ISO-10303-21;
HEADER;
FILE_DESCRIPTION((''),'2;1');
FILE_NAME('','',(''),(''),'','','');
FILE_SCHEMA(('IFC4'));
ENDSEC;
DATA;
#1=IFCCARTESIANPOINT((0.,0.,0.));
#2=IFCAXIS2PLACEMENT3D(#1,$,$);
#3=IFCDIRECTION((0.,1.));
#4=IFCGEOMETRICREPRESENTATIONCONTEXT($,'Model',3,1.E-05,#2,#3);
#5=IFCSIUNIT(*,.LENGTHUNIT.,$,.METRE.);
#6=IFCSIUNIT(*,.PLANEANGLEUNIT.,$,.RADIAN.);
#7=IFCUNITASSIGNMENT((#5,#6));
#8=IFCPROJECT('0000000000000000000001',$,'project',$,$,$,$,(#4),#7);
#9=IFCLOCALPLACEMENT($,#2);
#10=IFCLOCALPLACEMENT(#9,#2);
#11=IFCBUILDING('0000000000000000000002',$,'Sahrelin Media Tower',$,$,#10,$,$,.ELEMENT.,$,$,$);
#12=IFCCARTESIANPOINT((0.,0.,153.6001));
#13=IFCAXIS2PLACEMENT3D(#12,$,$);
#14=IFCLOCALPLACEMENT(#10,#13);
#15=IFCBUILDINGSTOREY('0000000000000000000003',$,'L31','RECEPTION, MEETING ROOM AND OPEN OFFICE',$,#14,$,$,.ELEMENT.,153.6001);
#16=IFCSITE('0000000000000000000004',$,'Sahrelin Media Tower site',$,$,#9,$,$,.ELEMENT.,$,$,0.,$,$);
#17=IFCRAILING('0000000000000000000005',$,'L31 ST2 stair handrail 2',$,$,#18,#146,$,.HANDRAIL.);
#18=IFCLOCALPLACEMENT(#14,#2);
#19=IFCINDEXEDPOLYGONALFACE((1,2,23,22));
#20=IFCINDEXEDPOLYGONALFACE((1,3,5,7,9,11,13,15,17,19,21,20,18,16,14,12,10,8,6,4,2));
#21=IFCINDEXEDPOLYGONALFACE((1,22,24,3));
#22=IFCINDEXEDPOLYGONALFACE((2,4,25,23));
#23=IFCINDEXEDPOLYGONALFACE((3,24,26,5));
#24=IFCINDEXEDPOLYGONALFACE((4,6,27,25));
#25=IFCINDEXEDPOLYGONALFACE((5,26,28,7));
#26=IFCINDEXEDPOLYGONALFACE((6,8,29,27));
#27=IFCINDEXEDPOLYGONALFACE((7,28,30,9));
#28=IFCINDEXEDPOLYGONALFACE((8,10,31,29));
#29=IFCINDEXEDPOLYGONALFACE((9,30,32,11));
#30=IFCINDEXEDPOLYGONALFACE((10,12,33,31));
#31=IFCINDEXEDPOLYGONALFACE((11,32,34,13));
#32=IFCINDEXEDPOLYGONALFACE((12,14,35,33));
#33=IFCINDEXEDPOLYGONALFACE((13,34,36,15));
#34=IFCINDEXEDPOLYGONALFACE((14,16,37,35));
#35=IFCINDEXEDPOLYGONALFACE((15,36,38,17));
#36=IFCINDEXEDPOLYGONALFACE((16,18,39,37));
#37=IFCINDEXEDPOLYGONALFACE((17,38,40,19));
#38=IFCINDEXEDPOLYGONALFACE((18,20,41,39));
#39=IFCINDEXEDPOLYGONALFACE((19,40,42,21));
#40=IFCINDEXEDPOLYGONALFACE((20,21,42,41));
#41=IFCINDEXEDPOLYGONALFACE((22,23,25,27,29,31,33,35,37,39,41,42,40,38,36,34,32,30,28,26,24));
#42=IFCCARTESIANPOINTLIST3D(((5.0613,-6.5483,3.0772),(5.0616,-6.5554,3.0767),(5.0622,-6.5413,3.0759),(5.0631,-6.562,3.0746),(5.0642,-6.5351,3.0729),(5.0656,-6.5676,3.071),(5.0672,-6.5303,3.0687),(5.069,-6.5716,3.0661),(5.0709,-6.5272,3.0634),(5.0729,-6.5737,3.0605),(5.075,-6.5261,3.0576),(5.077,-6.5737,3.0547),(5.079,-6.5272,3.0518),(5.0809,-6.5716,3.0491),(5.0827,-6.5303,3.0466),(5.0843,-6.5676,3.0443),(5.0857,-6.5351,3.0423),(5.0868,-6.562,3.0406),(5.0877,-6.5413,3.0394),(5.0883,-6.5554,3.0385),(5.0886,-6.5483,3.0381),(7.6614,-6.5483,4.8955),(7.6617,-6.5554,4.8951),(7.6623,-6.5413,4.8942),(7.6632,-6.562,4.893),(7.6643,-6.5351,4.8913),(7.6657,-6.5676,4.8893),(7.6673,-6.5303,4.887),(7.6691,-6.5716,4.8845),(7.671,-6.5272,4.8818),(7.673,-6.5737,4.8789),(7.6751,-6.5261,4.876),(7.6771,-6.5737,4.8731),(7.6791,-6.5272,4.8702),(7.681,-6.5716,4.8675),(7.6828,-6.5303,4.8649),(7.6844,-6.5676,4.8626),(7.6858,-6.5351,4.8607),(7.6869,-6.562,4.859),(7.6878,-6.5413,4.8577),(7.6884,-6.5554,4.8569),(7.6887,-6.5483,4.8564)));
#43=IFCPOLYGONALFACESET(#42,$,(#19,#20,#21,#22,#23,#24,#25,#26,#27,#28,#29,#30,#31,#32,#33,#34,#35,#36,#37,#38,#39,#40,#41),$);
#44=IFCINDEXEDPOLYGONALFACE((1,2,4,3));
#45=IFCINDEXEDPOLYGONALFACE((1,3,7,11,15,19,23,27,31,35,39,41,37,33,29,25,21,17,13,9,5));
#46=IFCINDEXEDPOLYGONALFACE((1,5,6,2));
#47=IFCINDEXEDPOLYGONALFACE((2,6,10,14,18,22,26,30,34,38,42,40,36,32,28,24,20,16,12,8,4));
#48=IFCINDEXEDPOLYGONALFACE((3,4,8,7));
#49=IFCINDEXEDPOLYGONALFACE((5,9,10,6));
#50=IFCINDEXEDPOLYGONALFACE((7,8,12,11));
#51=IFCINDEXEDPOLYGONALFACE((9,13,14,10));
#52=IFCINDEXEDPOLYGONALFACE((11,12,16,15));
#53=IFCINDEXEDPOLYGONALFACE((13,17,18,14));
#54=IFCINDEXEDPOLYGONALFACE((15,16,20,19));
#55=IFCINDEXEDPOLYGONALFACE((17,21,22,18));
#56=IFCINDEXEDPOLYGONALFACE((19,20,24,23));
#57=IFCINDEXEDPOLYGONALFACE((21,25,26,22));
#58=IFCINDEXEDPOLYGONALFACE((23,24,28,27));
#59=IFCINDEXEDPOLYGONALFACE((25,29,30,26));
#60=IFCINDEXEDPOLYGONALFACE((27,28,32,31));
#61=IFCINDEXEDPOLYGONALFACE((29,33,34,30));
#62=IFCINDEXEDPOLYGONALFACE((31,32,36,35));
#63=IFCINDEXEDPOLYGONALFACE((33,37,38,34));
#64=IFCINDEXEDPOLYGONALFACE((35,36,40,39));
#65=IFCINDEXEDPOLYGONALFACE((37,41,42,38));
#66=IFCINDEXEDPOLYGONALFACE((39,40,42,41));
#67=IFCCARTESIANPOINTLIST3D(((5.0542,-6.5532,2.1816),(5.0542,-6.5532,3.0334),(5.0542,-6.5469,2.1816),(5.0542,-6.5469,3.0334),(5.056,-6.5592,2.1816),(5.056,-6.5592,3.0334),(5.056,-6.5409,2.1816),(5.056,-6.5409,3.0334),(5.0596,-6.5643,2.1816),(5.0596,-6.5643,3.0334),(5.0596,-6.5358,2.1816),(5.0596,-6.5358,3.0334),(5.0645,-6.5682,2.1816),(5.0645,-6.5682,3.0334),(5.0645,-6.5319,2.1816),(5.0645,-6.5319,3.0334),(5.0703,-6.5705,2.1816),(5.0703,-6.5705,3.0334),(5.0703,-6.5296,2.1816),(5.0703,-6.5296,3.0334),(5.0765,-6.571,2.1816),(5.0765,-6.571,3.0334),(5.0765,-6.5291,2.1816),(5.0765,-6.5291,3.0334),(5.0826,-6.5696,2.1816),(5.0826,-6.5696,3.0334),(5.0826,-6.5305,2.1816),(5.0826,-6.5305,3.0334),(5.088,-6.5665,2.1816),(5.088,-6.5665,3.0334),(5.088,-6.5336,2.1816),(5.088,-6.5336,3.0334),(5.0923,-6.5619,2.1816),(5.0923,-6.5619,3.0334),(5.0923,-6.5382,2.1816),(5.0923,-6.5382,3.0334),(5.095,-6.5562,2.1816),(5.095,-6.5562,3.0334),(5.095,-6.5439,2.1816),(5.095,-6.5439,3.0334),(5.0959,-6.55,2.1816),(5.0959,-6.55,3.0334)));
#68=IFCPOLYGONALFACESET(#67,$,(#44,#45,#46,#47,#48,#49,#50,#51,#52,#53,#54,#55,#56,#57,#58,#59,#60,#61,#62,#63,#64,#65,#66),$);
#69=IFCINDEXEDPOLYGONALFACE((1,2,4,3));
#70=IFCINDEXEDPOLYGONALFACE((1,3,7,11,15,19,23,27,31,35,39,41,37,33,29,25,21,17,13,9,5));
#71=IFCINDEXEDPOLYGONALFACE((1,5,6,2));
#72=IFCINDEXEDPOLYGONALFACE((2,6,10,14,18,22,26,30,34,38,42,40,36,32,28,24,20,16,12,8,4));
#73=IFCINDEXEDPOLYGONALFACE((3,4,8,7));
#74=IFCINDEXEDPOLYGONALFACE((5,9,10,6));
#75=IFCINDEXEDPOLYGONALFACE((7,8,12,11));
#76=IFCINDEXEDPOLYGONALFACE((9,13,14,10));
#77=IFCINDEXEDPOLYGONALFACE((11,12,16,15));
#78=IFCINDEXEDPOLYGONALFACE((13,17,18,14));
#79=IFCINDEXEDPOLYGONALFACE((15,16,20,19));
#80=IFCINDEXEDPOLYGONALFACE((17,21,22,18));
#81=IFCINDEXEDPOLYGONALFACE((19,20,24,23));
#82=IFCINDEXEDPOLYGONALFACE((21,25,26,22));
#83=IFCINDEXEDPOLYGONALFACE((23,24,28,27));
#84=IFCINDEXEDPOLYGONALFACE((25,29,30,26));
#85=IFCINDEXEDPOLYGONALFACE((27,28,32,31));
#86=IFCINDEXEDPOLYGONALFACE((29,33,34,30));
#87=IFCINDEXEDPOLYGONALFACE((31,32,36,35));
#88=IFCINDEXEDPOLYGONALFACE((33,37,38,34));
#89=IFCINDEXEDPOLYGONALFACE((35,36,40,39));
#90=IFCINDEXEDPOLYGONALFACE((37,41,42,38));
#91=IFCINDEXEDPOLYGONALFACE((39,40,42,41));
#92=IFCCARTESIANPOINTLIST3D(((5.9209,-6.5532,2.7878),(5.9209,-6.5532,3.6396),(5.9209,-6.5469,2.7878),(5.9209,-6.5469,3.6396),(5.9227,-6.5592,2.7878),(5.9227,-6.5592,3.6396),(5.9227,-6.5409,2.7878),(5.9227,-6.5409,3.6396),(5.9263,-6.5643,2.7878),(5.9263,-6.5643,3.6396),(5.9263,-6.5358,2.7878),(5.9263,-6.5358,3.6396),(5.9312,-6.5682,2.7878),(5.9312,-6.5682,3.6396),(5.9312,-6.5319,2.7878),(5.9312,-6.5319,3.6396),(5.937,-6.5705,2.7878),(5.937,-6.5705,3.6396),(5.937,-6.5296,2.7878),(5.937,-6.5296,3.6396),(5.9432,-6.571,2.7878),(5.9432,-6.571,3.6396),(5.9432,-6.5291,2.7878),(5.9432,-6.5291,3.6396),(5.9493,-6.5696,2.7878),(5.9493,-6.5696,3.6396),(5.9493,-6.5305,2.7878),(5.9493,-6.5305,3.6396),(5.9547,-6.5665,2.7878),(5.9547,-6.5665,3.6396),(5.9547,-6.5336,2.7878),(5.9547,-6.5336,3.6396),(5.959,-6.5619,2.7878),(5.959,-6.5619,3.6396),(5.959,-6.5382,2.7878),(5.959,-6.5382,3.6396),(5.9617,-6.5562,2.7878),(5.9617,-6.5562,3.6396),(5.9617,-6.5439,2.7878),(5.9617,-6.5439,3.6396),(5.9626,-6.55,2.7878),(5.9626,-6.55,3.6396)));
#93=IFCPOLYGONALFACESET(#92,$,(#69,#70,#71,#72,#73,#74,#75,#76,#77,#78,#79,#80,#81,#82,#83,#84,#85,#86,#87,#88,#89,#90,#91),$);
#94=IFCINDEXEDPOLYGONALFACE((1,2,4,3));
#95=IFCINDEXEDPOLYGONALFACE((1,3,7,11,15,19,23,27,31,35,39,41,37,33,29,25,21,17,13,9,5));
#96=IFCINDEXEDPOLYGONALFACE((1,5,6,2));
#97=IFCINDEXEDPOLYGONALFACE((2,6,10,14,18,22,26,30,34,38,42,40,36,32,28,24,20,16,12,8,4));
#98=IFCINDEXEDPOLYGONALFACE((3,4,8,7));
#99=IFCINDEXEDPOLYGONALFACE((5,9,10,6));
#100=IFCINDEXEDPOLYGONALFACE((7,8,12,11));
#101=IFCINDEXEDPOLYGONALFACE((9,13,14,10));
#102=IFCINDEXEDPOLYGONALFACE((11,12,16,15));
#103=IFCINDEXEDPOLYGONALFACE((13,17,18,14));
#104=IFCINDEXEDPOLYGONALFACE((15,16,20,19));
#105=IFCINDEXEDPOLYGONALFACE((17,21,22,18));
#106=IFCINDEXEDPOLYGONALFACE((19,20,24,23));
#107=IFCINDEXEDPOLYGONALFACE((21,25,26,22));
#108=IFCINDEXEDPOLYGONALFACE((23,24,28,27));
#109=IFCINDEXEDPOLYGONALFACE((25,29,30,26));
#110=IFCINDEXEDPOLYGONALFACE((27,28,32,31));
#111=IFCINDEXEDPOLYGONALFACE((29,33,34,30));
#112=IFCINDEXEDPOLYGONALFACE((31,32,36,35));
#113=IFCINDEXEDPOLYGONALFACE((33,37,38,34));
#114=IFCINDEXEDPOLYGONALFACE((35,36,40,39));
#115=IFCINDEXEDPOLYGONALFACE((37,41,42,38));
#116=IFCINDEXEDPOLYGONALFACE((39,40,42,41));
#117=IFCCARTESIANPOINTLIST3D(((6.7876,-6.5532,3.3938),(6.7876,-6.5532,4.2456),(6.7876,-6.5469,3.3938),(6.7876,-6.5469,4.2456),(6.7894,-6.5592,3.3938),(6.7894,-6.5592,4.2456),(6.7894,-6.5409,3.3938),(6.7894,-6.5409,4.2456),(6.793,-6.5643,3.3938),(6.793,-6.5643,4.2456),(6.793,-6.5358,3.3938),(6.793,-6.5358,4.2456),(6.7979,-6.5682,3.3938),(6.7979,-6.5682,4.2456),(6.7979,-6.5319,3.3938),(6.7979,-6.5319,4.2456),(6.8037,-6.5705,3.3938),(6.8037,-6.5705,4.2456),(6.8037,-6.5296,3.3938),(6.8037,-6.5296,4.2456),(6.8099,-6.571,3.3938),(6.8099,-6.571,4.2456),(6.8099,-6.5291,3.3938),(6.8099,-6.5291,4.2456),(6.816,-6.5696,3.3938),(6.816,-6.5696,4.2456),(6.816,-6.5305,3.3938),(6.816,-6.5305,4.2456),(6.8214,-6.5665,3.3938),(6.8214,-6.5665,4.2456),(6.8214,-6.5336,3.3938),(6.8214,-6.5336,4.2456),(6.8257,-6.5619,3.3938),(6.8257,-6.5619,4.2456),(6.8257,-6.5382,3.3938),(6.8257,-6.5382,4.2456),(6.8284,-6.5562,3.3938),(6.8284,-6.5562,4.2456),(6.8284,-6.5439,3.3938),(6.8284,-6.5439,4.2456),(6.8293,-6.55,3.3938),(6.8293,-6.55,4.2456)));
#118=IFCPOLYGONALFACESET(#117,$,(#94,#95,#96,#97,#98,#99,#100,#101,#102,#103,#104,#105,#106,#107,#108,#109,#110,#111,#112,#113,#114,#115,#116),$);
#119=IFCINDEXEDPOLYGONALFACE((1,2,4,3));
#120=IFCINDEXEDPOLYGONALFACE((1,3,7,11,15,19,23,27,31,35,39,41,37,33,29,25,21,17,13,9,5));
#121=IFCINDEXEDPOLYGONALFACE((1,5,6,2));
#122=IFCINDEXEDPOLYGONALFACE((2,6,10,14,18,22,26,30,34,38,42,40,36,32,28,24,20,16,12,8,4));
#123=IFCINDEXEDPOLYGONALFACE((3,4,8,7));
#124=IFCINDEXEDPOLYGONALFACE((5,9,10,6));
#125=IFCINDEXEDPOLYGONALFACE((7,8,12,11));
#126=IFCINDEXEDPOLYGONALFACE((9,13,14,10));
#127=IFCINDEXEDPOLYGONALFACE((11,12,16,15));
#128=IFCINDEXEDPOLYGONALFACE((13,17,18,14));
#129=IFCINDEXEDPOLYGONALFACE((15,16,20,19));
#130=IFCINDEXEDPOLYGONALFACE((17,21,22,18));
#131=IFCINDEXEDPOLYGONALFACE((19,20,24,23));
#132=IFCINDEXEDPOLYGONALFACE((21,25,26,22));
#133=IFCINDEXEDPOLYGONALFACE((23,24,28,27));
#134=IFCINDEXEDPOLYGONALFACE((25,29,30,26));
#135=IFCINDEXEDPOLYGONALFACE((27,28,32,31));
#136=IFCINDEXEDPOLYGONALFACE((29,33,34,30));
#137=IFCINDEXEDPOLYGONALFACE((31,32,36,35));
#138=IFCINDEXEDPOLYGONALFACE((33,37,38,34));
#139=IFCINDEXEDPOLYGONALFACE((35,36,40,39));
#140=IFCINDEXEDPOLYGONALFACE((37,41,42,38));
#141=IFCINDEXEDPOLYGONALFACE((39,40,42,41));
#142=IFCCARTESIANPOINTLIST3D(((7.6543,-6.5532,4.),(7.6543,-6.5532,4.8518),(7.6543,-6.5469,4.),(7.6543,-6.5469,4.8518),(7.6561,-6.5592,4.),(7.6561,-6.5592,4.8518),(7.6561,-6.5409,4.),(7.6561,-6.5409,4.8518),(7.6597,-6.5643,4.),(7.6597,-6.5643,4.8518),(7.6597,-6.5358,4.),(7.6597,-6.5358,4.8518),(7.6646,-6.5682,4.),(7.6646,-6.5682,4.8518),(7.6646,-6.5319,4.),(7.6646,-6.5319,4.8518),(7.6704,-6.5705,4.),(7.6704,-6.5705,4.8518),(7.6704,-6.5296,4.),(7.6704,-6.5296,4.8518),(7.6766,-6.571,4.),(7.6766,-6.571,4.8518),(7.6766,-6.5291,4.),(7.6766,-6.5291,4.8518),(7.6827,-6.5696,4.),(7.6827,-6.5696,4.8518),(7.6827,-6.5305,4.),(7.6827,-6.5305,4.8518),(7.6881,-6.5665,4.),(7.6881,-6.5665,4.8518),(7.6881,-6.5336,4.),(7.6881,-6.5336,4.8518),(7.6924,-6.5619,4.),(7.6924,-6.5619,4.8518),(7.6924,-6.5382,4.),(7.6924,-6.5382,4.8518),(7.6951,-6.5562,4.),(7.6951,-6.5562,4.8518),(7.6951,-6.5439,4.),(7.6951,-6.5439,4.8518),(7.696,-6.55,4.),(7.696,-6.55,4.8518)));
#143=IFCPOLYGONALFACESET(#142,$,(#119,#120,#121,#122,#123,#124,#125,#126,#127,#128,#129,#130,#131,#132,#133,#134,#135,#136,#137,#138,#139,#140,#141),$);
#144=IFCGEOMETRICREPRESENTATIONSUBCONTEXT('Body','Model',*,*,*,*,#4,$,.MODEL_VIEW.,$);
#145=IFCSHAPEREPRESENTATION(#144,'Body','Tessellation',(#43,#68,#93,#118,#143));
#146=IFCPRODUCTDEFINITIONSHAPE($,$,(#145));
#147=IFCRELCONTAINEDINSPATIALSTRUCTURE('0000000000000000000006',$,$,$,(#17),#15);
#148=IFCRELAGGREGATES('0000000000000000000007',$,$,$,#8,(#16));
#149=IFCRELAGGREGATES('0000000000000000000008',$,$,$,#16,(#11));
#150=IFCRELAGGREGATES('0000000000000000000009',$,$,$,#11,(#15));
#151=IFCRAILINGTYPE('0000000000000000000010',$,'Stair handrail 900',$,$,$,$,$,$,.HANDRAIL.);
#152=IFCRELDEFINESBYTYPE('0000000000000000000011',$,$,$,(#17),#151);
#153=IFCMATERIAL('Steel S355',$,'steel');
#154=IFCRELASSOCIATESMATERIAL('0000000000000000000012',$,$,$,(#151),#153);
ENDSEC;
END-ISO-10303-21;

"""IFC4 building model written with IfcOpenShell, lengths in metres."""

from ifc_helpers import new_model, si_unit, direction, frame, origin, origin_2d, place, context, subcontext, project, spatial, circle, extrude, material, type_object, element, save


model = new_model("IFC4")

# Units and contexts
model_context = context("Model", 3, precision=1e-05, world=origin(), true_north=direction((0.0, 1.0)))
body_context = subcontext(model_context, "Body", "Model", "MODEL_VIEW")
ifc_project = project(units=[si_unit("LENGTHUNIT", "METRE"), si_unit("PLANEANGLEUNIT", "RADIAN")], contexts=[model_context])

# Site, building, storey
site_placement = place(None, origin())
site = spatial("IfcSite", under=ifc_project, at=site_placement, Name="Sahrelin Media Tower site", CompositionType="ELEMENT", RefElevation=0.0)
building_placement = place(site_placement, origin())
building = spatial("IfcBuilding", under=site, at=building_placement, Name="Sahrelin Media Tower", CompositionType="ELEMENT")
storey_placement = place(building_placement, frame((0.0, 0.0, 153.6001)))
storey = spatial("IfcBuildingStorey", under=building, at=storey_placement, Name="L31", Description="RECEPTION, MEETING ROOM AND OPEN OFFICE", CompositionType="ELEMENT", Elevation=153.6001)

# Railing
ifc_material_1 = material(Name="Steel S355", Category="steel")
railing_type_1 = type_object("IfcRailingType", Name="Stair handrail 900", PredefinedType="HANDRAIL", material=ifc_material_1)
railing_1_placement = place(storey_placement, frame((5.075, -6.55, 2.1816)))
element("IfcRailing", 1, at=railing_1_placement, inside=storey, type_object=railing_type_1, Name="L31 ST2 stair handrail 2", PredefinedType="HANDRAIL", context=body_context, shape_type="SweptSolid", body=[
    extrude(circle(Radius=0.0239, at=origin_2d()), frame((0.0, 0.0, 0.876), z_axis=(0.819485, 0.0, 0.573101), x_axis=(0.0, 1.0, 0.0)), (0.0, 0.0, 1.0), 3.1729),
    extrude(circle(Radius=0.021, at=origin_2d()), origin(), (0.0, 0.0, 1.0), 0.8518),
    extrude(circle(Radius=0.021, at=origin_2d()), frame((0.8667, 0.0, 0.6062)), (0.0, 0.0, 1.0), 0.8518),
    extrude(circle(Radius=0.021, at=origin_2d()), frame((1.7334, 0.0, 1.2122)), (0.0, 0.0, 1.0), 0.8518),
    extrude(circle(Radius=0.021, at=origin_2d()), frame((2.6001, 0.0, 1.8184)), (0.0, 0.0, 1.0), 0.8518),
])

save(model, "model.ifc")
